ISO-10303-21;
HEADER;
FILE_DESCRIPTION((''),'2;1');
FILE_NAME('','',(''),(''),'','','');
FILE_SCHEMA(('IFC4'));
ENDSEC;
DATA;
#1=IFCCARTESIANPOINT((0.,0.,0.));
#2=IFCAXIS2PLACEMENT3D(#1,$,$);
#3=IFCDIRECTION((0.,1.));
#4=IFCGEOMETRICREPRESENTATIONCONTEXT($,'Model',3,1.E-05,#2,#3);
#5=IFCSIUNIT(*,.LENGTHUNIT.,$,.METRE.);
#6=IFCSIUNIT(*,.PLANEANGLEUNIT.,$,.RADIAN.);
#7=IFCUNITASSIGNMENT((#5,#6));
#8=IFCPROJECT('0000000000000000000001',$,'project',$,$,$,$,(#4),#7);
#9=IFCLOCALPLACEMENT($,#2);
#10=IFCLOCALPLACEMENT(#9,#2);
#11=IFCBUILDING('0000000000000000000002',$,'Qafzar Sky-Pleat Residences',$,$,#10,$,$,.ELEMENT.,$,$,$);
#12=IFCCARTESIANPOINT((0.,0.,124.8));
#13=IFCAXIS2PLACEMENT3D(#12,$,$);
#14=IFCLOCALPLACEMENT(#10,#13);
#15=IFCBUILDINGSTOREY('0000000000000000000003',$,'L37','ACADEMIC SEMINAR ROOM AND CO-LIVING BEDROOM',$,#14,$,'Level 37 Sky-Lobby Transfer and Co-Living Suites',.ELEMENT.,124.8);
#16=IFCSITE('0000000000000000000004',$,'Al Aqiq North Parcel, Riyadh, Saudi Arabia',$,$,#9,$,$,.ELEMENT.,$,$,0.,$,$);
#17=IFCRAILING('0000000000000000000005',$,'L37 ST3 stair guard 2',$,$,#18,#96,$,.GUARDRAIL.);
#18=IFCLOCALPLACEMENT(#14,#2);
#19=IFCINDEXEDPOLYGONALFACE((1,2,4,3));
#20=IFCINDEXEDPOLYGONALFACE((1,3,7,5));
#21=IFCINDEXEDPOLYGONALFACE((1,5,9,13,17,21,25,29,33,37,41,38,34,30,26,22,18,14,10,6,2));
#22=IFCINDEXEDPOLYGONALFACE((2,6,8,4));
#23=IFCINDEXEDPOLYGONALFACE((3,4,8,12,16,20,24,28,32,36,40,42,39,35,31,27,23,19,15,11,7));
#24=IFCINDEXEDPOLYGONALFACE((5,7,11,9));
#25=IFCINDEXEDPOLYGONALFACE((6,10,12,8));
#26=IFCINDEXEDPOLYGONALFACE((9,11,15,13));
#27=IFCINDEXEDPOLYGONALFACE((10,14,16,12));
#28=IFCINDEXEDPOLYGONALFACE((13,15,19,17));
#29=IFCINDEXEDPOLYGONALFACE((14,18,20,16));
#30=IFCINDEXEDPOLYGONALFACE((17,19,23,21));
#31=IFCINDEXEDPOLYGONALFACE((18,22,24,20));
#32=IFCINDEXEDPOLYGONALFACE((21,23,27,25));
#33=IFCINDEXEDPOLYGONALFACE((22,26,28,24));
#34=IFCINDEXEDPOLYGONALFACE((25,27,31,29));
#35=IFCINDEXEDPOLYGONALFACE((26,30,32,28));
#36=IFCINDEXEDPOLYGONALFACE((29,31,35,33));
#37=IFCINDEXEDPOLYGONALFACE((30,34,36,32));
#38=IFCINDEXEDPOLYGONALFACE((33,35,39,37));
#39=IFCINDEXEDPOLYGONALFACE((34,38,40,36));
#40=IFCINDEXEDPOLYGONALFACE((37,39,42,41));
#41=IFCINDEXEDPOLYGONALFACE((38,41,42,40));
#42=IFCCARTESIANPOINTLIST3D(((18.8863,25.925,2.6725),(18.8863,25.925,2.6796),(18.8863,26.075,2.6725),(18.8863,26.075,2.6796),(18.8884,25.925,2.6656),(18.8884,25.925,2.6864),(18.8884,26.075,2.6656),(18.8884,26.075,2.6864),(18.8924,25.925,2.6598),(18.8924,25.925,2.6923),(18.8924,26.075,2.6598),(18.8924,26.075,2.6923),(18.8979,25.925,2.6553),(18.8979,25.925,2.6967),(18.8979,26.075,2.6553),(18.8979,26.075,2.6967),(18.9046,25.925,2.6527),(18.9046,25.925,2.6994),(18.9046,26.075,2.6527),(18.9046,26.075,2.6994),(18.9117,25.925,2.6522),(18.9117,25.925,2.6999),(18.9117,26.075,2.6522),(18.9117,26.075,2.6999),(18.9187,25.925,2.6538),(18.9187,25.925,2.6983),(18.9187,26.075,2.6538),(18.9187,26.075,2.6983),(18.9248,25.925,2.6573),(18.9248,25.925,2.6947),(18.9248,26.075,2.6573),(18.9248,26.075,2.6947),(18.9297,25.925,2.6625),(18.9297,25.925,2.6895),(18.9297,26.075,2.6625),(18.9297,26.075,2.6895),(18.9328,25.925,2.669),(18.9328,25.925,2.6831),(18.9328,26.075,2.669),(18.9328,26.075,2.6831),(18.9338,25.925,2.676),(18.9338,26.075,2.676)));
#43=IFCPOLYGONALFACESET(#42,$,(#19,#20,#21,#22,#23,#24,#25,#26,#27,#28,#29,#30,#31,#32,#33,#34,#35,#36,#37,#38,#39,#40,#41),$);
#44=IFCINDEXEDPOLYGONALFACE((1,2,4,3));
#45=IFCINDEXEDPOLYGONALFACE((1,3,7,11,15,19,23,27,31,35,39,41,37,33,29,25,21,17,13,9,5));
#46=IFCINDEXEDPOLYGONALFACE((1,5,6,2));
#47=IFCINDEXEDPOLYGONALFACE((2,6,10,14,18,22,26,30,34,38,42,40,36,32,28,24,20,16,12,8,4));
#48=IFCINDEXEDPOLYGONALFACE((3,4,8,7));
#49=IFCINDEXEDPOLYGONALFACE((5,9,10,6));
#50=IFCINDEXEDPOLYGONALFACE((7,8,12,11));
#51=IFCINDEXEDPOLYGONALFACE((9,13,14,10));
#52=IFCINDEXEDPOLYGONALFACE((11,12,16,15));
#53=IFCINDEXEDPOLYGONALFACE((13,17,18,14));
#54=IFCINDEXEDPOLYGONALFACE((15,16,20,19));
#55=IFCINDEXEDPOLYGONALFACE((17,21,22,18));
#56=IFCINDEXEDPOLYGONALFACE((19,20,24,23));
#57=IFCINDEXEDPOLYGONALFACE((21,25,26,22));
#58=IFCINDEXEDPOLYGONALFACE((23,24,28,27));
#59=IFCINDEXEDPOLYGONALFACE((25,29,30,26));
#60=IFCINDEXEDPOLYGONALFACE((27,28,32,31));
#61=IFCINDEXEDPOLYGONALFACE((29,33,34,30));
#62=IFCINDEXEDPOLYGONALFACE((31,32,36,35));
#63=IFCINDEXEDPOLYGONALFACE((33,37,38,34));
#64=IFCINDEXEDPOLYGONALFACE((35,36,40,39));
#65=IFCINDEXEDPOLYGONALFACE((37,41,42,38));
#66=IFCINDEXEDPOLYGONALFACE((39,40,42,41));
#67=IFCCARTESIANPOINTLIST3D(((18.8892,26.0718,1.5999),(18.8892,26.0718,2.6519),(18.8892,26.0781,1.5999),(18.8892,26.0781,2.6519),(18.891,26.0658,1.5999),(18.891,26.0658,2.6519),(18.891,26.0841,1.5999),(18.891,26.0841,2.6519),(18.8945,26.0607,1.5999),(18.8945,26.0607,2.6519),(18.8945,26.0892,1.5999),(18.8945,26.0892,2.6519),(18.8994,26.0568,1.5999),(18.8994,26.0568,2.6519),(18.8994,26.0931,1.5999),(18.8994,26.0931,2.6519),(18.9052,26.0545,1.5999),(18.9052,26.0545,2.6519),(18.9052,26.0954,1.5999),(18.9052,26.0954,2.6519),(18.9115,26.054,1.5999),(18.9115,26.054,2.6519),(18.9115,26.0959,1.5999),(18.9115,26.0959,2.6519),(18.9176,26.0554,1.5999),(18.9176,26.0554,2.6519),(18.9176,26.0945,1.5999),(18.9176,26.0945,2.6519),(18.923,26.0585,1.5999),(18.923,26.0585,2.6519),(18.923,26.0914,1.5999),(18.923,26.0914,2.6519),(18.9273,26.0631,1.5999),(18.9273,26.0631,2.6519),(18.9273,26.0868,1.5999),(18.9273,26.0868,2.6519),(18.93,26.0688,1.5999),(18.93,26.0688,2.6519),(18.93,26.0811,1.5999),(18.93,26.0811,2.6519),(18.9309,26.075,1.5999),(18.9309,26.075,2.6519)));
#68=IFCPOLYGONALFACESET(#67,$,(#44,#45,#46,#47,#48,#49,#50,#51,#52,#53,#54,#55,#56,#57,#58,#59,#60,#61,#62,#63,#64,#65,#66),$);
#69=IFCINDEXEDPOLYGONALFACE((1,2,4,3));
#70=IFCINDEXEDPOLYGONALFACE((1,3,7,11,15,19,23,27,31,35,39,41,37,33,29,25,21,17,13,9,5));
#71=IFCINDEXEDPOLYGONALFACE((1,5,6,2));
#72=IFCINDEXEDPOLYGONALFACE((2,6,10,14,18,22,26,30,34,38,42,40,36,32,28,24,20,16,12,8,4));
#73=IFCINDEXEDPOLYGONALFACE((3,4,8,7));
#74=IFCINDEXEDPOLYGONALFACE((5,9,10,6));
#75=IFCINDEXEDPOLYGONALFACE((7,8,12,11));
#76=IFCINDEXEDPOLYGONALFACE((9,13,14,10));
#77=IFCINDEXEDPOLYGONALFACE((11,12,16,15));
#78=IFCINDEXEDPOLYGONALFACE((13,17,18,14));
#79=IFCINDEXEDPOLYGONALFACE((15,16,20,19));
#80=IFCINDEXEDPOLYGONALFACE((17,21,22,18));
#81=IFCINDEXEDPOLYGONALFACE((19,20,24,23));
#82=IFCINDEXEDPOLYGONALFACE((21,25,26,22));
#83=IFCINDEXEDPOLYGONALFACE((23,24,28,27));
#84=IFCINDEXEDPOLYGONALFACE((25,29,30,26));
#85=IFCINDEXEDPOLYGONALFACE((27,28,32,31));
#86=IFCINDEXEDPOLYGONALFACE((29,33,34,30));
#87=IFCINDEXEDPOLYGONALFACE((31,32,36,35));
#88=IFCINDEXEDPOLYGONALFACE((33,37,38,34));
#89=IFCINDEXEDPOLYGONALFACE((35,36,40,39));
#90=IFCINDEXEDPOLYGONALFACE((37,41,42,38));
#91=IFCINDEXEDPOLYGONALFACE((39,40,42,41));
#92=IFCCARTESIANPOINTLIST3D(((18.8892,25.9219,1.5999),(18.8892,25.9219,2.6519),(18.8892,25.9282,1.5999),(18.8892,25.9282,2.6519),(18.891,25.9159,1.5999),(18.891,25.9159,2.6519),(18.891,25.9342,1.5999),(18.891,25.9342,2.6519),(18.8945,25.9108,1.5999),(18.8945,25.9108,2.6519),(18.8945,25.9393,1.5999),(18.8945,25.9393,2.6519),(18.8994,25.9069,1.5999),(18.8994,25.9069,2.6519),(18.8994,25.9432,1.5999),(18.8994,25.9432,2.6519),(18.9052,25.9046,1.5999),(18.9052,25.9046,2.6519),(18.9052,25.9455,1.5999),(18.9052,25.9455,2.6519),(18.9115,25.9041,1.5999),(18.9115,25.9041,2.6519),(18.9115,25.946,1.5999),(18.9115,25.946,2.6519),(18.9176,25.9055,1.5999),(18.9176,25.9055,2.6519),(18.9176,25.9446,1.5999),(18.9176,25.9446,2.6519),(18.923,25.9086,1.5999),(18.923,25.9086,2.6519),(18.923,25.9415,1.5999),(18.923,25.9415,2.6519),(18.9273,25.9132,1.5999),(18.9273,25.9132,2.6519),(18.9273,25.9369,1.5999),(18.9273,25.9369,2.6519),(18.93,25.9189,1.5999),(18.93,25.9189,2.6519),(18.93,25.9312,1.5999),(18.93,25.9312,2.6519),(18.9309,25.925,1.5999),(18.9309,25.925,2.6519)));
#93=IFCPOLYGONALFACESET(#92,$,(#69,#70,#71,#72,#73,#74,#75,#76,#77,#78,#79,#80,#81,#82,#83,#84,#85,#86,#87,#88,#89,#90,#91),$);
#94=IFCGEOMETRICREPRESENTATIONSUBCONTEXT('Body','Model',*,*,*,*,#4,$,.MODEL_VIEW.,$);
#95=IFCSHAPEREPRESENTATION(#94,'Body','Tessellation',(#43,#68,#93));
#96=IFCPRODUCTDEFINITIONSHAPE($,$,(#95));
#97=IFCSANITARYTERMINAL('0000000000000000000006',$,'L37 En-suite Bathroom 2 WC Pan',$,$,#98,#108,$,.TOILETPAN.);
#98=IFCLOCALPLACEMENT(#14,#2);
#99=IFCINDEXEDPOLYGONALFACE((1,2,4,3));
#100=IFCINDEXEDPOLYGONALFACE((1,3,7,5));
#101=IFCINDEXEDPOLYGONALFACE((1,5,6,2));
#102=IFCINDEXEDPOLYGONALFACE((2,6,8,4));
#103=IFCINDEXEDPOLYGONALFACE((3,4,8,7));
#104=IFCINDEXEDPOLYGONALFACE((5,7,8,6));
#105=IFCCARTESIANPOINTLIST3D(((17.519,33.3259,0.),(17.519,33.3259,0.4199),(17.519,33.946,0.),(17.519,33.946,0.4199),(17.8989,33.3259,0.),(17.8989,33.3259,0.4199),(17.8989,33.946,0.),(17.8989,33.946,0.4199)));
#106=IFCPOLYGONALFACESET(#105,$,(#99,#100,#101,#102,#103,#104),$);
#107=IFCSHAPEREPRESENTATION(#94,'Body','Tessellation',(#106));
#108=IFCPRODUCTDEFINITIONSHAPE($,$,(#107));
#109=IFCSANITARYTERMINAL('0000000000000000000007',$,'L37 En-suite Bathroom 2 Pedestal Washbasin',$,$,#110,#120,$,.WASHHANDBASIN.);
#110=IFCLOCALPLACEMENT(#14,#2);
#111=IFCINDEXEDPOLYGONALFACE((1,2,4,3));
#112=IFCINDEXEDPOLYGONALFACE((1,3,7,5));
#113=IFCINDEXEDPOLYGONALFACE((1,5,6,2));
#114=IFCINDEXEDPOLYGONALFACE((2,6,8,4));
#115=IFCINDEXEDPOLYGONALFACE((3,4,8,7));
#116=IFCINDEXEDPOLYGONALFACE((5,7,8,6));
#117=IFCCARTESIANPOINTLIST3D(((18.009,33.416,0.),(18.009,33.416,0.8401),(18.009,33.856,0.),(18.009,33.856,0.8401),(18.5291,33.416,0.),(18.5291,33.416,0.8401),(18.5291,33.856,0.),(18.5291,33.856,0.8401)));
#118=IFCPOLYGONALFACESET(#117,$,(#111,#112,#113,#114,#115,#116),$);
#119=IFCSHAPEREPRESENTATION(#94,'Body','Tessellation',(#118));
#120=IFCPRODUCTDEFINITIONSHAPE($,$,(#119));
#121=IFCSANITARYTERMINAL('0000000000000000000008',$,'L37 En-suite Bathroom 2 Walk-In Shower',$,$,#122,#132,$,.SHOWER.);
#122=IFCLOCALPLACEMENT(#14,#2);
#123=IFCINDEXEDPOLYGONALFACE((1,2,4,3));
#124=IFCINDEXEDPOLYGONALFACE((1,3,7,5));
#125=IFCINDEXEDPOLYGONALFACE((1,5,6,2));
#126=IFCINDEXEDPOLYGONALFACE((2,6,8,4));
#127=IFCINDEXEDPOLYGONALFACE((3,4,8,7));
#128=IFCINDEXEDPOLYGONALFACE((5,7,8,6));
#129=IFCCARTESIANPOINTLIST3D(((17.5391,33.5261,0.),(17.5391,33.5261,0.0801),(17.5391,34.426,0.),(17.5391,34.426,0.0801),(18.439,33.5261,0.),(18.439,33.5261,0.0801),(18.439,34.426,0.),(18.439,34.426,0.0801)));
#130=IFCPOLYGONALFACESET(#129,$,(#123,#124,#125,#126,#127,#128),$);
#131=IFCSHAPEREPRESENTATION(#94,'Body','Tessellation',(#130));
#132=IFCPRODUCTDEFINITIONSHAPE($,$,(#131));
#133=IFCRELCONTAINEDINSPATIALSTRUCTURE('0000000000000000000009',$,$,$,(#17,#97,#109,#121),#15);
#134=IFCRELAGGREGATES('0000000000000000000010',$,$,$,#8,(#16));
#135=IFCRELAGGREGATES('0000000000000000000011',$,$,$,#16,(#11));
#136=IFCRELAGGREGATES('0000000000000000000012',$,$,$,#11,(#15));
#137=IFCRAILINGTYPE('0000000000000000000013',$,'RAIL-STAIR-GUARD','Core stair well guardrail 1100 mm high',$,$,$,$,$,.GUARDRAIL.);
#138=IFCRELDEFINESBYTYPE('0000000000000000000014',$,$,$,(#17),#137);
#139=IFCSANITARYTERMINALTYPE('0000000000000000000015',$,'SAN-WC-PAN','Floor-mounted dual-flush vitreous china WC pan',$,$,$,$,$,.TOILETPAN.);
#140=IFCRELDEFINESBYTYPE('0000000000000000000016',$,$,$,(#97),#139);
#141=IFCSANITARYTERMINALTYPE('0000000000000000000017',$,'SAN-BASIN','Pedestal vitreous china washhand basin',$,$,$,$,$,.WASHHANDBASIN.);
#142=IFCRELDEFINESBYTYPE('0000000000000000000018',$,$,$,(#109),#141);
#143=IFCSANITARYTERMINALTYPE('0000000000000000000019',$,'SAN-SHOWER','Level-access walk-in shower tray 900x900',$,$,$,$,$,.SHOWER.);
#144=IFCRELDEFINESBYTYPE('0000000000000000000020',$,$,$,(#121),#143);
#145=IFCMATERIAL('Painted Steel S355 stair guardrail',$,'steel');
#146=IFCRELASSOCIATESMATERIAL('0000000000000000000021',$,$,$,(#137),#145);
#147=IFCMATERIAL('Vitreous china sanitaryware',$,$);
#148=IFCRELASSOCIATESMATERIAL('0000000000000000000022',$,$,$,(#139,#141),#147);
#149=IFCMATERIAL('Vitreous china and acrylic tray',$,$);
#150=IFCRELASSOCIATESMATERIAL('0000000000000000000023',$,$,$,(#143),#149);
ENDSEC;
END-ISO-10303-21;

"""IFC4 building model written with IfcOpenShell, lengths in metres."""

from ifc_helpers import new_model, si_unit, direction, frame, origin, origin_2d, place, context, subcontext, project, spatial, rectangle, circle, extrude, source, transform, mapped, material, type_object, element, save


model = new_model("IFC4")

# Units and contexts
model_context = context("Model", 3, precision=1e-05, world=origin(), true_north=direction((0.0, 1.0)))
body_context = subcontext(model_context, "Body", "Model", "MODEL_VIEW")
ifc_project = project(units=[si_unit("LENGTHUNIT", "METRE"), si_unit("PLANEANGLEUNIT", "RADIAN")], contexts=[model_context])

# Site, building, storey
site_placement = place(None, origin())
site = spatial("IfcSite", under=ifc_project, at=site_placement, Name="Al Aqiq North Parcel, Riyadh, Saudi Arabia", CompositionType="ELEMENT", RefElevation=0.0)
building_placement = place(site_placement, origin())
building = spatial("IfcBuilding", under=site, at=building_placement, Name="Qafzar Sky-Pleat Residences", CompositionType="ELEMENT")
storey_placement = place(building_placement, frame((0.0, 0.0, 124.8)))
storey = spatial("IfcBuildingStorey", under=building, at=storey_placement, Name="L37", Description="ACADEMIC SEMINAR ROOM AND CO-LIVING BEDROOM", LongName="Level 37 Sky-Lobby Transfer and Co-Living Suites", CompositionType="ELEMENT", Elevation=124.8)

# Railing
ifc_material_1 = material(Name="Painted Steel S355 stair guardrail", Category="steel")
railing_type = type_object("IfcRailingType", Name="RAIL-STAIR-GUARD", Description="Core stair well guardrail 1100 mm high", PredefinedType="GUARDRAIL", material=ifc_material_1)
shared_shape_1 = source(origin(), body_context, "Body", "SweptSolid", [
    extrude(circle(Radius=0.0239, at=origin_2d()), frame((0.0, 0.0, 1.0762), z_axis=(0.0, -1.0, 0.0), x_axis=(1.0, 0.0, 0.0)), (0.0, 0.0, 1.0), 0.1499),
    extrude(circle(Radius=0.021, at=origin_2d()), origin(), (0.0, 0.0, 1.0), 1.052),
    extrude(circle(Radius=0.021, at=origin_2d()), frame((0.0, -0.1499, 0.0)), (0.0, 0.0, 1.0), 1.052),
])
railing_placement = place(storey_placement, frame((18.9099, 26.075, 1.5999)))
element("IfcRailing", 1, at=railing_placement, inside=storey, type_object=railing_type, Name="L37 ST3 stair guard 2", PredefinedType="GUARDRAIL", context=body_context, shape_type="MappedRepresentation", body=[
    mapped(shared_shape_1, transform((0.0, 0.0, 0.0), x_axis=(1.0, 0.0, 0.0), y_axis=(0.0, 1.0, 0.0), z_axis=(0.0, 0.0, 1.0), scale=1.0)),
])

# Sanitary terminals
ifc_material_2 = material(Name="Vitreous china sanitaryware")
sanitary_terminal_type_1 = type_object("IfcSanitaryTerminalType", Name="SAN-WC-PAN", Description="Floor-mounted dual-flush vitreous china WC pan", PredefinedType="TOILETPAN", material=ifc_material_2)
shared_shape_2 = source(origin(), body_context, "Body", "SweptSolid", [
    extrude(rectangle(XDim=0.3799, YDim=0.6201, at=origin_2d()), origin(), (0.0, 0.0, 1.0), 0.4199),
])
sanitary_terminal_1_placement = place(storey_placement, frame((17.709, 33.636, 0.0), z_axis=(0.0, 0.0, 1.0), x_axis=(1.0, 0.0, 0.0)))
element("IfcSanitaryTerminal", 2, at=sanitary_terminal_1_placement, inside=storey, type_object=sanitary_terminal_type_1, Name="L37 En-suite Bathroom 2 WC Pan", PredefinedType="TOILETPAN", context=body_context, shape_type="MappedRepresentation", body=[
    mapped(shared_shape_2, transform((0.0, 0.0, 0.0), x_axis=(1.0, 0.0, 0.0), y_axis=(0.0, 1.0, 0.0), z_axis=(0.0, 0.0, 1.0), scale=1.0)),
])
sanitary_terminal_type_2 = type_object("IfcSanitaryTerminalType", Name="SAN-BASIN", Description="Pedestal vitreous china washhand basin", PredefinedType="WASHHANDBASIN", material=ifc_material_2)
shared_shape_3 = source(origin(), body_context, "Body", "SweptSolid", [
    extrude(rectangle(XDim=0.52, YDim=0.4399, at=origin_2d()), origin(), (0.0, 0.0, 1.0), 0.8401),
])
sanitary_terminal_2_placement = place(storey_placement, frame((18.269, 33.636, 0.0), z_axis=(0.0, 0.0, 1.0), x_axis=(1.0, 0.0, 0.0)))
element("IfcSanitaryTerminal", 3, at=sanitary_terminal_2_placement, inside=storey, type_object=sanitary_terminal_type_2, Name="L37 En-suite Bathroom 2 Pedestal Washbasin", PredefinedType="WASHHANDBASIN", context=body_context, shape_type="MappedRepresentation", body=[
    mapped(shared_shape_3, transform((0.0, 0.0, 0.0), x_axis=(1.0, 0.0, 0.0), y_axis=(0.0, 1.0, 0.0), z_axis=(0.0, 0.0, 1.0), scale=1.0)),
])
ifc_material_3 = material(Name="Vitreous china and acrylic tray")
sanitary_terminal_type_3 = type_object("IfcSanitaryTerminalType", Name="SAN-SHOWER", Description="Level-access walk-in shower tray 900x900", PredefinedType="SHOWER", material=ifc_material_3)
shared_shape_4 = source(origin(), body_context, "Body", "SweptSolid", [
    extrude(rectangle(XDim=0.8999, YDim=0.8999, at=origin_2d()), origin(), (0.0, 0.0, 1.0), 0.0801),
])
sanitary_terminal_3_placement = place(storey_placement, frame((17.989, 33.9761, 0.0), z_axis=(0.0, 0.0, 1.0), x_axis=(1.0, 0.0, 0.0)))
element("IfcSanitaryTerminal", 4, at=sanitary_terminal_3_placement, inside=storey, type_object=sanitary_terminal_type_3, Name="L37 En-suite Bathroom 2 Walk-In Shower", PredefinedType="SHOWER", context=body_context, shape_type="MappedRepresentation", body=[
    mapped(shared_shape_4, transform((0.0, 0.0, 0.0), x_axis=(1.0, 0.0, 0.0), y_axis=(0.0, 1.0, 0.0), z_axis=(0.0, 0.0, 1.0), scale=1.0)),
])

save(model, "model.ifc")
